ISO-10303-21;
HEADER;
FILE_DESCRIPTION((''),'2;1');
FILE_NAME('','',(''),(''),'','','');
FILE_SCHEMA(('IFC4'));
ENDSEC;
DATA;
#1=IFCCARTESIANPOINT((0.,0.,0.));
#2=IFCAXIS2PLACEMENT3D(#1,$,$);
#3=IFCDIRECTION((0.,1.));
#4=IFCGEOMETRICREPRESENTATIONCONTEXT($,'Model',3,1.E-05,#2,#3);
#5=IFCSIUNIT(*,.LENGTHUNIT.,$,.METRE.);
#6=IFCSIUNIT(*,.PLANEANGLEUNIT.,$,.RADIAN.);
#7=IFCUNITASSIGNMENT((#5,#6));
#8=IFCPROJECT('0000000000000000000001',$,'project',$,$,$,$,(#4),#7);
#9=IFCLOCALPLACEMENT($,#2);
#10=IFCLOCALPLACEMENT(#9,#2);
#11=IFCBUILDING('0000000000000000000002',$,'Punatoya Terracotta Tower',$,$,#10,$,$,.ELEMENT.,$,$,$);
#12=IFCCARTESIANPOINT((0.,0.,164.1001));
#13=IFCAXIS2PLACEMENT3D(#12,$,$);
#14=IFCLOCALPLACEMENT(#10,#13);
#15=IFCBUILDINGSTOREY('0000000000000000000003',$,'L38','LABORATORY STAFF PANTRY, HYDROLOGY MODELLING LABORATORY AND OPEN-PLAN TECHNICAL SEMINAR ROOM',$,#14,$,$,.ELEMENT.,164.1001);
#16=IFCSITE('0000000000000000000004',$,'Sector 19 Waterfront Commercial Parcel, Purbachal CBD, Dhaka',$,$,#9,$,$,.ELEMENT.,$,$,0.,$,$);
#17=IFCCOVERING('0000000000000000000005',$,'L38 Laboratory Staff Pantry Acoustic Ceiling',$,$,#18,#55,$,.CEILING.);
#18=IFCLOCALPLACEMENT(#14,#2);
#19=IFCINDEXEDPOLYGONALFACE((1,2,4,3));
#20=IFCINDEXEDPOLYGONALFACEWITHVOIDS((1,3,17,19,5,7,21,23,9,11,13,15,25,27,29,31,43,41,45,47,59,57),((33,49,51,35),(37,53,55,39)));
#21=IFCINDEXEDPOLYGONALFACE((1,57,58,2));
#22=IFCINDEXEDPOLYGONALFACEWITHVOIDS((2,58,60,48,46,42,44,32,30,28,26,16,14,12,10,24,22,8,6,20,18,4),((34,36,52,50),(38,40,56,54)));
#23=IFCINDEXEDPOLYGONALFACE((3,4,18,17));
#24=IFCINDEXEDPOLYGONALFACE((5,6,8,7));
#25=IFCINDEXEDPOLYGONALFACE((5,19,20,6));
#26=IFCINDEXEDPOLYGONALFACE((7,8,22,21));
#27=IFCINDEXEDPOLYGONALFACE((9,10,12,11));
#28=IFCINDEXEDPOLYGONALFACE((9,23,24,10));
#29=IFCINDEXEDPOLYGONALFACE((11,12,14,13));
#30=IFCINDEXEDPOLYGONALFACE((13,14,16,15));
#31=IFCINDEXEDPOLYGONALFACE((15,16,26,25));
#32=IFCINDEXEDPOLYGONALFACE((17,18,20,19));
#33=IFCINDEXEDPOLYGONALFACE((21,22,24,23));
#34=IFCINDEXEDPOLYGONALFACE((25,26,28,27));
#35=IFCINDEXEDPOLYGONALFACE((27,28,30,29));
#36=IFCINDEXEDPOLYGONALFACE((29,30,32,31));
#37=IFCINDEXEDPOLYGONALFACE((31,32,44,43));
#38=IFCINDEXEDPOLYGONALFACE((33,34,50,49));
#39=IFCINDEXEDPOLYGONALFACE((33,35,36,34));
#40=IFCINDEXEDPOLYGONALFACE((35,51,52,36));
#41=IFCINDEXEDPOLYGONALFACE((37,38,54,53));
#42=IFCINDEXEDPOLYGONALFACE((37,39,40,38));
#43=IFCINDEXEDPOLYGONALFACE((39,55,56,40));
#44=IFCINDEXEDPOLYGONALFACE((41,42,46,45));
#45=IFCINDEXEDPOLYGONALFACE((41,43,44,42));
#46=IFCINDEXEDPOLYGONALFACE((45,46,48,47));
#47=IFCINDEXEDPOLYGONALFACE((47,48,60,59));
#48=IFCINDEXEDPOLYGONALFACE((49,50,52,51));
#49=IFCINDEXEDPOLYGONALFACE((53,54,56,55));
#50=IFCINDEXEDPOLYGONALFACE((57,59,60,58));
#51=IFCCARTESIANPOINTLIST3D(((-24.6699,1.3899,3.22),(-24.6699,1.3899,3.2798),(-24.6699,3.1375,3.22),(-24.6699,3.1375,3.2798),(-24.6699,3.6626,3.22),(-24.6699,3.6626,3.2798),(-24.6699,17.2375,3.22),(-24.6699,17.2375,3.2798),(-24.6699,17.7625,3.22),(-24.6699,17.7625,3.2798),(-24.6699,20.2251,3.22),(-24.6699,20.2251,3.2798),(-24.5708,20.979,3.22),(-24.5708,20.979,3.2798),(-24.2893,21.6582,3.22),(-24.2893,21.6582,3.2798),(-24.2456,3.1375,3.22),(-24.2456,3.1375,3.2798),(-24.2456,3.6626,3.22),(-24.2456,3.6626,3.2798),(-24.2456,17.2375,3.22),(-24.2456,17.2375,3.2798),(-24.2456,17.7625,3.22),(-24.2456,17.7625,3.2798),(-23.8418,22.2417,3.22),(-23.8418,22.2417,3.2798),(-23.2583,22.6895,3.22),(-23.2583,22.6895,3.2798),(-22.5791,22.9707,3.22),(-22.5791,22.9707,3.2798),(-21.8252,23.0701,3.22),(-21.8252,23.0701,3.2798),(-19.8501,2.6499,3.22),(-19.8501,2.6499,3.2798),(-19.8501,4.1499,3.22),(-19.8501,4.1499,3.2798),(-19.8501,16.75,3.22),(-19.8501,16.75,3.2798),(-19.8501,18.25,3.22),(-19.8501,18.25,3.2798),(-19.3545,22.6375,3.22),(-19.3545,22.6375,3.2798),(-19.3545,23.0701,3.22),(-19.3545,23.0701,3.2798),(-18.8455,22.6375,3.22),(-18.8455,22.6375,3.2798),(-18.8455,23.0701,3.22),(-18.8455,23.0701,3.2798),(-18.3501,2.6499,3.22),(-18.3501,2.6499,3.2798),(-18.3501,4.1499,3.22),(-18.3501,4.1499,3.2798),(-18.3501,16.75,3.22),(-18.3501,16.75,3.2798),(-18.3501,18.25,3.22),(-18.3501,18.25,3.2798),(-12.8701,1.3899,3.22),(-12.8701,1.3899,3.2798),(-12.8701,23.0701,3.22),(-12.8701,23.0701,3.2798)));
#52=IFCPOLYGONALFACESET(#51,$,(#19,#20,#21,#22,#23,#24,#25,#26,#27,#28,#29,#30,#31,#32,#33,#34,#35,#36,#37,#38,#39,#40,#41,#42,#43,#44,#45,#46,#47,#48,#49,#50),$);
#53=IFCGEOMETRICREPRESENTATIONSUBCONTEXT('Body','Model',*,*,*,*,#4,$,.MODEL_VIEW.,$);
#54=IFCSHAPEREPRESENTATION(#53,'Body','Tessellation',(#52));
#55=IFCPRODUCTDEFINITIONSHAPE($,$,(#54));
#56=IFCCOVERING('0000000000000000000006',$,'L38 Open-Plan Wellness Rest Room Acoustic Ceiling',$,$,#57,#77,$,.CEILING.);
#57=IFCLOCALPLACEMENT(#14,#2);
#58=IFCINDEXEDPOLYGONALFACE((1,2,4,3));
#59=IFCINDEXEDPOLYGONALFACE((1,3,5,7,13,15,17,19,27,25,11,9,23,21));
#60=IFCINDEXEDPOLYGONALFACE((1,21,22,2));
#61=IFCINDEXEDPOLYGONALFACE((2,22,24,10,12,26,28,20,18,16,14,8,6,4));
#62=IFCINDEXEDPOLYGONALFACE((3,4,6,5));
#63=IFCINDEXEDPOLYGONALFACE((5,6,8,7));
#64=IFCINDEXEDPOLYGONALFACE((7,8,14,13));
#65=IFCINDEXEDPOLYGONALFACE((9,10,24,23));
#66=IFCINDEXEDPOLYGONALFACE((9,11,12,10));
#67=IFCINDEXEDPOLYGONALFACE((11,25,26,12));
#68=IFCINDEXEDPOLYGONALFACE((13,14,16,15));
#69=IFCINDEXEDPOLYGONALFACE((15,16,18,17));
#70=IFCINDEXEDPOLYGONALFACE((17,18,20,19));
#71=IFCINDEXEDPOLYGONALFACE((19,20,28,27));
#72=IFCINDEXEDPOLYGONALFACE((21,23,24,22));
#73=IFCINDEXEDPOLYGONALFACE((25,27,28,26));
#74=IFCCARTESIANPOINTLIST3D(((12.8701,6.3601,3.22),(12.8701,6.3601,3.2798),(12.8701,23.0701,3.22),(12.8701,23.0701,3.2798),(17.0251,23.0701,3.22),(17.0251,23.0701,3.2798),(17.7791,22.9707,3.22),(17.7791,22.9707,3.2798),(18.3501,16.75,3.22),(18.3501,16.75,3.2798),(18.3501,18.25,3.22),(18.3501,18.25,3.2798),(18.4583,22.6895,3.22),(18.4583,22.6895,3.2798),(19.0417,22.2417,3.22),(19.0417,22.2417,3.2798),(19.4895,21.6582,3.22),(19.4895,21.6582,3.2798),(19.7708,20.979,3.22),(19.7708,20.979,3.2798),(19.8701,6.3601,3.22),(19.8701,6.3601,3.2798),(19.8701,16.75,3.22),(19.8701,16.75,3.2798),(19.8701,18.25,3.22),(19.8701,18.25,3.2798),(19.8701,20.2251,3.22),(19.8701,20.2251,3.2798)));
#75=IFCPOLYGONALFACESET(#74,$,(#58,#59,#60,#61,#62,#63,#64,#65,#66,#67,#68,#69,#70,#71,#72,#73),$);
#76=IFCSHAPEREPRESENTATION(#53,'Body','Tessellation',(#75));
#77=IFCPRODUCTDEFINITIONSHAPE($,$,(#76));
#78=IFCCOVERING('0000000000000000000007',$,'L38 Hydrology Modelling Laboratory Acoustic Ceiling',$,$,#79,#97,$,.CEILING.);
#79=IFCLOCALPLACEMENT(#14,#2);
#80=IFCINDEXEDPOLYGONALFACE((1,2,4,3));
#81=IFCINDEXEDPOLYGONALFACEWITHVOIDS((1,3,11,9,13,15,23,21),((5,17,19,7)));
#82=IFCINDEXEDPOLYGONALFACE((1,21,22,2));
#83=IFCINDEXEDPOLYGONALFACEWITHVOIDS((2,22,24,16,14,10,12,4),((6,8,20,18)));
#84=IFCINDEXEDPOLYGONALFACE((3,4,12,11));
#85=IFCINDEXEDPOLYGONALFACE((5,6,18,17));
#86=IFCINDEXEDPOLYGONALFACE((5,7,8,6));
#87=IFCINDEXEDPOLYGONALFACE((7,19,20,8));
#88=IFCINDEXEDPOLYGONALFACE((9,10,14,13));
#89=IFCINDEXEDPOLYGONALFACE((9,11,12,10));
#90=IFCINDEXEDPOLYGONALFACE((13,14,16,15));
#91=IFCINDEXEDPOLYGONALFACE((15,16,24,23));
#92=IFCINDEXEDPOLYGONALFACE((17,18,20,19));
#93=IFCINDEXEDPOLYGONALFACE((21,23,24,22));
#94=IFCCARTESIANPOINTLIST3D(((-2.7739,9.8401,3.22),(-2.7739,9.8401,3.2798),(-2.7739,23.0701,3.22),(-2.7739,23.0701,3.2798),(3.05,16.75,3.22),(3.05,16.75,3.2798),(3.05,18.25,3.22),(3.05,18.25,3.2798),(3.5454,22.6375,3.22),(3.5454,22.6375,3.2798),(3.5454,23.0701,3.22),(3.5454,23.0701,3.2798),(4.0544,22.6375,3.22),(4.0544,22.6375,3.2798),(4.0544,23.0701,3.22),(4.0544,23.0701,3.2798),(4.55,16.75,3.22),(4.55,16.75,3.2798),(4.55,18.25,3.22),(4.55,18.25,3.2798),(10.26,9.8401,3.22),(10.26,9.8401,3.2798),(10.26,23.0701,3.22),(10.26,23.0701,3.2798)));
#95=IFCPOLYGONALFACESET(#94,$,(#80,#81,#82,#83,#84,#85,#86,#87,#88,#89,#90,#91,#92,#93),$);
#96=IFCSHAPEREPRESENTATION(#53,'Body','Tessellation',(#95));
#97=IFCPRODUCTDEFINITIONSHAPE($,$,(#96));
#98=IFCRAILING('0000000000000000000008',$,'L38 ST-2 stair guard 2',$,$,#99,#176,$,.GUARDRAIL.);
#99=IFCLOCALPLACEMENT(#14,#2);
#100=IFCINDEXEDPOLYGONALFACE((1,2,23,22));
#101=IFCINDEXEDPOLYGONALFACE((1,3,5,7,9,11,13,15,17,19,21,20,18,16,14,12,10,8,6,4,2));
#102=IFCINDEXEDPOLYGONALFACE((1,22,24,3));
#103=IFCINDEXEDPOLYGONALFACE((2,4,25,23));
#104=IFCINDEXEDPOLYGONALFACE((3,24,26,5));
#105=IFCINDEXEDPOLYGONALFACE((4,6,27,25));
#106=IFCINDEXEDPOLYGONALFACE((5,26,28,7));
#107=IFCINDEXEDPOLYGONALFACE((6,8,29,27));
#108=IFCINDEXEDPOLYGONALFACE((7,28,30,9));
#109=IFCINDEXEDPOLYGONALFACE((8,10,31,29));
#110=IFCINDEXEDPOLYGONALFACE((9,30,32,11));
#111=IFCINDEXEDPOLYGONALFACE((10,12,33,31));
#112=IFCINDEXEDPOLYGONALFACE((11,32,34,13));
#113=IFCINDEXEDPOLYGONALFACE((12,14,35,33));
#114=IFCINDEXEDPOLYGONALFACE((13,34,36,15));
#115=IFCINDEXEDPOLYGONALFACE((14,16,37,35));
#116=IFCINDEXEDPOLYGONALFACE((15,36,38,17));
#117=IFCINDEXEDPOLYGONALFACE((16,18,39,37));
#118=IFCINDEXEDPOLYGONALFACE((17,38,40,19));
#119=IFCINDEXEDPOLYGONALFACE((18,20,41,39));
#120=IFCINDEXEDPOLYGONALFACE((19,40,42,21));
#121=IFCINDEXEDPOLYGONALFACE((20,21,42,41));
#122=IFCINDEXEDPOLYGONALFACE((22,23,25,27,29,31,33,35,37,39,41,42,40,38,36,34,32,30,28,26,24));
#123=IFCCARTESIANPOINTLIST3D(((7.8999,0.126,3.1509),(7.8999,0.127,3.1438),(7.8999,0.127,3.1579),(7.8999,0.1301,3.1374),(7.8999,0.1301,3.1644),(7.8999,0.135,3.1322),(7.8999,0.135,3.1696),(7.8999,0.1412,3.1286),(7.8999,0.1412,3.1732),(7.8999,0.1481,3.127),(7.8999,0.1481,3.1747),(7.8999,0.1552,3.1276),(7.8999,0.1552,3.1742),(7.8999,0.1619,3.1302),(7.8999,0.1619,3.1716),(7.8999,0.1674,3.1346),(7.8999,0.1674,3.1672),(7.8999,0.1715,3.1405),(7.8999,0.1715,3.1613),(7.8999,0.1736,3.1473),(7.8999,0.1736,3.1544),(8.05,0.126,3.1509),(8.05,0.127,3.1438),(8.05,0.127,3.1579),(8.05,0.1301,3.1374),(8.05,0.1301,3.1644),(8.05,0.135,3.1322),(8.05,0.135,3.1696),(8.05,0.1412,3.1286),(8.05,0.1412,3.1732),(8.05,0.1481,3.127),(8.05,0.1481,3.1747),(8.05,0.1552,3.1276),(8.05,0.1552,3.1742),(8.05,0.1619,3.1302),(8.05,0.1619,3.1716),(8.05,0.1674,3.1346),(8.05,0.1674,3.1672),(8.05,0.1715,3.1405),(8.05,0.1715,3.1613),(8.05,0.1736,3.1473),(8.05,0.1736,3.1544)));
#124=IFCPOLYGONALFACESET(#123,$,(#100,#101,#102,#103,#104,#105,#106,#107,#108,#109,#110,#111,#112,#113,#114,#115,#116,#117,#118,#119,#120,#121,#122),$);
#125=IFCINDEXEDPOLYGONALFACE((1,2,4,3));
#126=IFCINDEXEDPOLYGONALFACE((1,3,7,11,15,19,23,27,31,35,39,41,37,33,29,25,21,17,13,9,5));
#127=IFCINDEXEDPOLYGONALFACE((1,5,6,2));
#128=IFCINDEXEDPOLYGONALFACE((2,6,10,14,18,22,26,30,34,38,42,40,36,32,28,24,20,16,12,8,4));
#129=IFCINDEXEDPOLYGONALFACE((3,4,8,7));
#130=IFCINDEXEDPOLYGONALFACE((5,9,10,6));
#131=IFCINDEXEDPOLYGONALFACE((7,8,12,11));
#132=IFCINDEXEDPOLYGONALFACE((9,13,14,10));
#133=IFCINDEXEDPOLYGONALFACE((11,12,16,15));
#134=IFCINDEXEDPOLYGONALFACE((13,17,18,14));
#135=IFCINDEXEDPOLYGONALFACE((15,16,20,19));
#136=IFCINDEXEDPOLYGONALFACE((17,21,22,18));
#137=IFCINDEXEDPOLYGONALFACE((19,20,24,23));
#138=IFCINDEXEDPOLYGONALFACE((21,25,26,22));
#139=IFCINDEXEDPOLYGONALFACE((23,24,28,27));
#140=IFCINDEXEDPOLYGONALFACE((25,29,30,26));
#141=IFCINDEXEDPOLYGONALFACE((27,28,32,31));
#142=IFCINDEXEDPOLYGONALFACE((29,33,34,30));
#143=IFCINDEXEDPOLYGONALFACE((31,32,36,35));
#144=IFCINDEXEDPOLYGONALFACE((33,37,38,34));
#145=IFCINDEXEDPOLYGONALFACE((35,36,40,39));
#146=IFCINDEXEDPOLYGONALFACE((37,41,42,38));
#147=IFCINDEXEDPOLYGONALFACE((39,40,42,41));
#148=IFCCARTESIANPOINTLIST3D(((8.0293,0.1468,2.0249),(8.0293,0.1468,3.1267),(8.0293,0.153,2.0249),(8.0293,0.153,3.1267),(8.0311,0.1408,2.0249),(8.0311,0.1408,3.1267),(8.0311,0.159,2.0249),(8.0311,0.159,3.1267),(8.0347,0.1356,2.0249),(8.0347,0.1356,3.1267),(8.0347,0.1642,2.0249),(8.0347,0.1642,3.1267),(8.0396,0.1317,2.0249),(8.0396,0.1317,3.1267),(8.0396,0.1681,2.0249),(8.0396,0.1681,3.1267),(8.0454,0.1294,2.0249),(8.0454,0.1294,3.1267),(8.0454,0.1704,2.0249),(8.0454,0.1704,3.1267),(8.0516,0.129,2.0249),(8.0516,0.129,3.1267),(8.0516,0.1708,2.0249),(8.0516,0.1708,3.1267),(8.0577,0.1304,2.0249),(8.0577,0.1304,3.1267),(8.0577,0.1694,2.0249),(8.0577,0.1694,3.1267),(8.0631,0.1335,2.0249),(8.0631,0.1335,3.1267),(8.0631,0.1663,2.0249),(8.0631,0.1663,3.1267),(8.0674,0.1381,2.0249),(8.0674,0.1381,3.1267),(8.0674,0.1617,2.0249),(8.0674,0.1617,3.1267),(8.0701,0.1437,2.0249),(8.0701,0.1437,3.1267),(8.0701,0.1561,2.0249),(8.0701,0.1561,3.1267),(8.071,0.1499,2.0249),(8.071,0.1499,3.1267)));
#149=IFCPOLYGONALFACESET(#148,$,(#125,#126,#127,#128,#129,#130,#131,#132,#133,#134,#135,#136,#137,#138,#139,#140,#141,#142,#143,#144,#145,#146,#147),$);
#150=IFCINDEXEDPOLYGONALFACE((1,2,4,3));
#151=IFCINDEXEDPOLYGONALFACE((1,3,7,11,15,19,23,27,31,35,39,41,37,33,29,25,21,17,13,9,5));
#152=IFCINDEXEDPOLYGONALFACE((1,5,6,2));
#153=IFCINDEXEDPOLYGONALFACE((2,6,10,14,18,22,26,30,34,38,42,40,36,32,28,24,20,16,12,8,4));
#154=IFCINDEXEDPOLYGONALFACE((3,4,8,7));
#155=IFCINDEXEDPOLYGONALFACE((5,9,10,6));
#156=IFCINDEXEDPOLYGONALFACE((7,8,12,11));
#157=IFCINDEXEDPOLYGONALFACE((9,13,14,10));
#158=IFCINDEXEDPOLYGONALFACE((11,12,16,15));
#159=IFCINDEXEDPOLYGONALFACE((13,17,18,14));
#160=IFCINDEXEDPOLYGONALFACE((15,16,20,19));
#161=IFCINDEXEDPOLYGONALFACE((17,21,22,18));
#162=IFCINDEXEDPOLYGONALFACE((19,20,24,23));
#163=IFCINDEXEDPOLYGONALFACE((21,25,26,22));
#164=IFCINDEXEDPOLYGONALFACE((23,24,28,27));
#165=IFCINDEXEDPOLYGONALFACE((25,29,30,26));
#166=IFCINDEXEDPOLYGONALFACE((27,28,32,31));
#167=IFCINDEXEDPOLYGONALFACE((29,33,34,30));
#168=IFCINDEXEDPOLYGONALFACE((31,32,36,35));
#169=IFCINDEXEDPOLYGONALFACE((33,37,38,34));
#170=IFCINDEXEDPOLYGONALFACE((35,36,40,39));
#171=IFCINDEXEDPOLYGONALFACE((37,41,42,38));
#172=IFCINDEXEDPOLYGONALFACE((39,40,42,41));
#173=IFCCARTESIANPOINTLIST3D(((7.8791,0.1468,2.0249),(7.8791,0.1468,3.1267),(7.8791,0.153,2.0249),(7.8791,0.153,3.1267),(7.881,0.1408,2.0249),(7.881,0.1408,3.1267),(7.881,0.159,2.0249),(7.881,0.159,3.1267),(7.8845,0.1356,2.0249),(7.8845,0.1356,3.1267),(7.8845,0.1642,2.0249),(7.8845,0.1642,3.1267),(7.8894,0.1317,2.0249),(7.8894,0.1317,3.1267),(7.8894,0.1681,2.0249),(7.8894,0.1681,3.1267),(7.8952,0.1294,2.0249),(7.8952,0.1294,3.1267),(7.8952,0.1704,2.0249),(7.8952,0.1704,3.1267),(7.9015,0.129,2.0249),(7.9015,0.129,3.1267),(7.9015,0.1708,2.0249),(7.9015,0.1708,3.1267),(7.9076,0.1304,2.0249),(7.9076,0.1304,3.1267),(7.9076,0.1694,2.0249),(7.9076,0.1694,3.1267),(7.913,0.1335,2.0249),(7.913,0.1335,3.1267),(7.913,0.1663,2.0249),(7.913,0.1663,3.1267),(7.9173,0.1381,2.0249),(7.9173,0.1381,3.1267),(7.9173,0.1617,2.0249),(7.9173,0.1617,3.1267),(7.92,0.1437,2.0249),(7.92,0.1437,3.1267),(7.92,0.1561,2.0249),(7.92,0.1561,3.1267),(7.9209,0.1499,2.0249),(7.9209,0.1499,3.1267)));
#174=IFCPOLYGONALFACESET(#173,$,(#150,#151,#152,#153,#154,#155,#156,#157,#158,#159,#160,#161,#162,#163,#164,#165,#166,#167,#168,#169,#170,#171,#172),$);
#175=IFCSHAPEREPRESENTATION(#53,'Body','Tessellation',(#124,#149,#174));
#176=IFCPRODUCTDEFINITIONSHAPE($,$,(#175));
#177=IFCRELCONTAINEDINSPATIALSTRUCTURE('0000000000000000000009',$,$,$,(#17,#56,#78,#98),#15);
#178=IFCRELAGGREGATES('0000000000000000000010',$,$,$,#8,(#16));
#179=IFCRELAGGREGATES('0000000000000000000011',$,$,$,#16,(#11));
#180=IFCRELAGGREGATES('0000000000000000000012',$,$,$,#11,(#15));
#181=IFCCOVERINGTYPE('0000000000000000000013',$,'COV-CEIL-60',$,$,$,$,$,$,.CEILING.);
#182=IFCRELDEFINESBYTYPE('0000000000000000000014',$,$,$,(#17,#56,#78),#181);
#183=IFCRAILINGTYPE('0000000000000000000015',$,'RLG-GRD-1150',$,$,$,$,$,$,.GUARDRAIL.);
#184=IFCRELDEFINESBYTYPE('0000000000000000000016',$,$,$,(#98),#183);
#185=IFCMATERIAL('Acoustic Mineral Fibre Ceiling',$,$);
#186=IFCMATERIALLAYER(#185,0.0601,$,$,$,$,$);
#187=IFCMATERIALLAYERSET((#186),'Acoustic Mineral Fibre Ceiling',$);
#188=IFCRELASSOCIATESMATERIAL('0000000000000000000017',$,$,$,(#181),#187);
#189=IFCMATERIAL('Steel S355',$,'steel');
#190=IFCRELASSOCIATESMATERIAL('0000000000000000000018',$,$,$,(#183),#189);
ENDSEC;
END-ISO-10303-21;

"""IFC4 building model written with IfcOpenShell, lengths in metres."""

from ifc_helpers import new_model, si_unit, direction, frame, origin, origin_2d, place, context, subcontext, project, spatial, polyline, circle, outline, extrude, material, layer, layer_set, type_object, element, save


model = new_model("IFC4")

# Units and contexts
model_context = context("Model", 3, precision=1e-05, world=origin(), true_north=direction((0.0, 1.0)))
body_context = subcontext(model_context, "Body", "Model", "MODEL_VIEW")
ifc_project = project(units=[si_unit("LENGTHUNIT", "METRE"), si_unit("PLANEANGLEUNIT", "RADIAN")], contexts=[model_context])

# Site, building, storey
site_placement = place(None, origin())
site = spatial("IfcSite", under=ifc_project, at=site_placement, Name="Sector 19 Waterfront Commercial Parcel, Purbachal CBD, Dhaka", CompositionType="ELEMENT", RefElevation=0.0)
building_placement = place(site_placement, origin())
building = spatial("IfcBuilding", under=site, at=building_placement, Name="Punatoya Terracotta Tower", CompositionType="ELEMENT")
storey_placement = place(building_placement, frame((0.0, 0.0, 164.1001)))
storey = spatial("IfcBuildingStorey", under=building, at=storey_placement, Name="L38", Description="LABORATORY STAFF PANTRY, HYDROLOGY MODELLING LABORATORY AND OPEN-PLAN TECHNICAL SEMINAR ROOM", CompositionType="ELEMENT", Elevation=164.1001)

# Shared definitions
ifc_material_1 = material(Name="Steel S355", Category="steel")

# Coverings
ifc_material_2 = material(Name="Acoustic Mineral Fibre Ceiling")
ifc_layer_1 = layer(ifc_material_2, 0.0601)
ifc_layer_set_1 = layer_set([ifc_layer_1], Name="Acoustic Mineral Fibre Ceiling")
covering_type = type_object("IfcCoveringType", Name="COV-CEIL-60", PredefinedType="CEILING", material=ifc_layer_set_1)
covering_1_placement = place(storey_placement, frame((0.0, 0.0, 3.22)))
element("IfcCovering", 1, at=covering_1_placement, inside=storey, type_object=covering_type, Name="L38 Laboratory Staff Pantry Acoustic Ceiling", PredefinedType="CEILING", context=body_context, shape_type="SweptSolid", body=[
    extrude(outline(polyline([(-12.8701, 23.0701), (-18.8455, 23.0701), (-18.8455, 22.6375), (-19.3545, 22.6375), (-19.3545, 23.0701), (-21.8252, 23.0701), (-22.5791, 22.9707), (-23.2583, 22.6895), (-23.8418, 22.2417), (-24.2893, 21.6582), (-24.5708, 20.979), (-24.6699, 20.2251), (-24.6699, 17.7625), (-24.2456, 17.7625), (-24.2456, 17.2375), (-24.6699, 17.2375), (-24.6699, 3.6626), (-24.2456, 3.6626), (-24.2456, 3.1375), (-24.6699, 3.1375), (-24.6699, 1.3899), (-12.8701, 1.3899), (-12.8701, 23.0701)]), holes=[polyline([(-19.8501, 18.25), (-18.3501, 18.25), (-18.3501, 16.75), (-19.8501, 16.75), (-19.8501, 18.25)]), polyline([(-18.3501, 4.1499), (-18.3501, 2.6499), (-19.8501, 2.6499), (-19.8501, 4.1499), (-18.3501, 4.1499)])]), origin(), (0.0, 0.0, 1.0), 0.0598),
])
covering_2_placement = place(storey_placement, frame((0.0, 0.0, 3.22)))
element("IfcCovering", 2, at=covering_2_placement, inside=storey, type_object=covering_type, Name="L38 Open-Plan Wellness Rest Room Acoustic Ceiling", PredefinedType="CEILING", context=body_context, shape_type="SweptSolid", body=[
    extrude(outline(polyline([(12.8701, 23.0701), (12.8701, 6.3601), (19.8701, 6.3601), (19.8701, 16.75), (18.3501, 16.75), (18.3501, 18.25), (19.8701, 18.25), (19.8701, 20.2251), (19.7708, 20.979), (19.4895, 21.6582), (19.0417, 22.2417), (18.4583, 22.6895), (17.7791, 22.9707), (17.0251, 23.0701), (12.8701, 23.0701)])), origin(), (0.0, 0.0, 1.0), 0.0598),
])
covering_3_placement = place(storey_placement, frame((0.0, 0.0, 3.22)))
element("IfcCovering", 3, at=covering_3_placement, inside=storey, type_object=covering_type, Name="L38 Hydrology Modelling Laboratory Acoustic Ceiling", PredefinedType="CEILING", context=body_context, shape_type="SweptSolid", body=[
    extrude(outline(polyline([(10.26, 9.8401), (10.26, 23.0701), (4.0544, 23.0701), (4.0544, 22.6375), (3.5454, 22.6375), (3.5454, 23.0701), (-2.7739, 23.0701), (-2.7739, 9.8401), (10.26, 9.8401)]), holes=[polyline([(4.55, 16.75), (3.05, 16.75), (3.05, 18.25), (4.55, 18.25), (4.55, 16.75)])]), origin(), (0.0, 0.0, 1.0), 0.0598),
])

# Railing
railing_type_1 = type_object("IfcRailingType", Name="RLG-GRD-1150", PredefinedType="GUARDRAIL", material=ifc_material_1)
railing_1_placement = place(storey_placement, frame((8.05, 0.1499, 2.0249)))
element("IfcRailing", 4, at=railing_1_placement, inside=storey, type_object=railing_type_1, Name="L38 ST-2 stair guard 2", PredefinedType="GUARDRAIL", context=body_context, shape_type="SweptSolid", body=[
    extrude(circle(Radius=0.0239, at=origin_2d()), frame((0.0, 0.0, 1.126), z_axis=(-1.0, 0.0, 0.0), x_axis=(0.0, -1.0, 0.0)), (0.0, 0.0, 1.0), 0.1501),
    extrude(circle(Radius=0.021, at=origin_2d()), origin(), (0.0, 0.0, 1.0), 1.1018),
    extrude(circle(Radius=0.021, at=origin_2d()), frame((-0.1501, 0.0, 0.0)), (0.0, 0.0, 1.0), 1.1018),
])

save(model, "model.ifc")
